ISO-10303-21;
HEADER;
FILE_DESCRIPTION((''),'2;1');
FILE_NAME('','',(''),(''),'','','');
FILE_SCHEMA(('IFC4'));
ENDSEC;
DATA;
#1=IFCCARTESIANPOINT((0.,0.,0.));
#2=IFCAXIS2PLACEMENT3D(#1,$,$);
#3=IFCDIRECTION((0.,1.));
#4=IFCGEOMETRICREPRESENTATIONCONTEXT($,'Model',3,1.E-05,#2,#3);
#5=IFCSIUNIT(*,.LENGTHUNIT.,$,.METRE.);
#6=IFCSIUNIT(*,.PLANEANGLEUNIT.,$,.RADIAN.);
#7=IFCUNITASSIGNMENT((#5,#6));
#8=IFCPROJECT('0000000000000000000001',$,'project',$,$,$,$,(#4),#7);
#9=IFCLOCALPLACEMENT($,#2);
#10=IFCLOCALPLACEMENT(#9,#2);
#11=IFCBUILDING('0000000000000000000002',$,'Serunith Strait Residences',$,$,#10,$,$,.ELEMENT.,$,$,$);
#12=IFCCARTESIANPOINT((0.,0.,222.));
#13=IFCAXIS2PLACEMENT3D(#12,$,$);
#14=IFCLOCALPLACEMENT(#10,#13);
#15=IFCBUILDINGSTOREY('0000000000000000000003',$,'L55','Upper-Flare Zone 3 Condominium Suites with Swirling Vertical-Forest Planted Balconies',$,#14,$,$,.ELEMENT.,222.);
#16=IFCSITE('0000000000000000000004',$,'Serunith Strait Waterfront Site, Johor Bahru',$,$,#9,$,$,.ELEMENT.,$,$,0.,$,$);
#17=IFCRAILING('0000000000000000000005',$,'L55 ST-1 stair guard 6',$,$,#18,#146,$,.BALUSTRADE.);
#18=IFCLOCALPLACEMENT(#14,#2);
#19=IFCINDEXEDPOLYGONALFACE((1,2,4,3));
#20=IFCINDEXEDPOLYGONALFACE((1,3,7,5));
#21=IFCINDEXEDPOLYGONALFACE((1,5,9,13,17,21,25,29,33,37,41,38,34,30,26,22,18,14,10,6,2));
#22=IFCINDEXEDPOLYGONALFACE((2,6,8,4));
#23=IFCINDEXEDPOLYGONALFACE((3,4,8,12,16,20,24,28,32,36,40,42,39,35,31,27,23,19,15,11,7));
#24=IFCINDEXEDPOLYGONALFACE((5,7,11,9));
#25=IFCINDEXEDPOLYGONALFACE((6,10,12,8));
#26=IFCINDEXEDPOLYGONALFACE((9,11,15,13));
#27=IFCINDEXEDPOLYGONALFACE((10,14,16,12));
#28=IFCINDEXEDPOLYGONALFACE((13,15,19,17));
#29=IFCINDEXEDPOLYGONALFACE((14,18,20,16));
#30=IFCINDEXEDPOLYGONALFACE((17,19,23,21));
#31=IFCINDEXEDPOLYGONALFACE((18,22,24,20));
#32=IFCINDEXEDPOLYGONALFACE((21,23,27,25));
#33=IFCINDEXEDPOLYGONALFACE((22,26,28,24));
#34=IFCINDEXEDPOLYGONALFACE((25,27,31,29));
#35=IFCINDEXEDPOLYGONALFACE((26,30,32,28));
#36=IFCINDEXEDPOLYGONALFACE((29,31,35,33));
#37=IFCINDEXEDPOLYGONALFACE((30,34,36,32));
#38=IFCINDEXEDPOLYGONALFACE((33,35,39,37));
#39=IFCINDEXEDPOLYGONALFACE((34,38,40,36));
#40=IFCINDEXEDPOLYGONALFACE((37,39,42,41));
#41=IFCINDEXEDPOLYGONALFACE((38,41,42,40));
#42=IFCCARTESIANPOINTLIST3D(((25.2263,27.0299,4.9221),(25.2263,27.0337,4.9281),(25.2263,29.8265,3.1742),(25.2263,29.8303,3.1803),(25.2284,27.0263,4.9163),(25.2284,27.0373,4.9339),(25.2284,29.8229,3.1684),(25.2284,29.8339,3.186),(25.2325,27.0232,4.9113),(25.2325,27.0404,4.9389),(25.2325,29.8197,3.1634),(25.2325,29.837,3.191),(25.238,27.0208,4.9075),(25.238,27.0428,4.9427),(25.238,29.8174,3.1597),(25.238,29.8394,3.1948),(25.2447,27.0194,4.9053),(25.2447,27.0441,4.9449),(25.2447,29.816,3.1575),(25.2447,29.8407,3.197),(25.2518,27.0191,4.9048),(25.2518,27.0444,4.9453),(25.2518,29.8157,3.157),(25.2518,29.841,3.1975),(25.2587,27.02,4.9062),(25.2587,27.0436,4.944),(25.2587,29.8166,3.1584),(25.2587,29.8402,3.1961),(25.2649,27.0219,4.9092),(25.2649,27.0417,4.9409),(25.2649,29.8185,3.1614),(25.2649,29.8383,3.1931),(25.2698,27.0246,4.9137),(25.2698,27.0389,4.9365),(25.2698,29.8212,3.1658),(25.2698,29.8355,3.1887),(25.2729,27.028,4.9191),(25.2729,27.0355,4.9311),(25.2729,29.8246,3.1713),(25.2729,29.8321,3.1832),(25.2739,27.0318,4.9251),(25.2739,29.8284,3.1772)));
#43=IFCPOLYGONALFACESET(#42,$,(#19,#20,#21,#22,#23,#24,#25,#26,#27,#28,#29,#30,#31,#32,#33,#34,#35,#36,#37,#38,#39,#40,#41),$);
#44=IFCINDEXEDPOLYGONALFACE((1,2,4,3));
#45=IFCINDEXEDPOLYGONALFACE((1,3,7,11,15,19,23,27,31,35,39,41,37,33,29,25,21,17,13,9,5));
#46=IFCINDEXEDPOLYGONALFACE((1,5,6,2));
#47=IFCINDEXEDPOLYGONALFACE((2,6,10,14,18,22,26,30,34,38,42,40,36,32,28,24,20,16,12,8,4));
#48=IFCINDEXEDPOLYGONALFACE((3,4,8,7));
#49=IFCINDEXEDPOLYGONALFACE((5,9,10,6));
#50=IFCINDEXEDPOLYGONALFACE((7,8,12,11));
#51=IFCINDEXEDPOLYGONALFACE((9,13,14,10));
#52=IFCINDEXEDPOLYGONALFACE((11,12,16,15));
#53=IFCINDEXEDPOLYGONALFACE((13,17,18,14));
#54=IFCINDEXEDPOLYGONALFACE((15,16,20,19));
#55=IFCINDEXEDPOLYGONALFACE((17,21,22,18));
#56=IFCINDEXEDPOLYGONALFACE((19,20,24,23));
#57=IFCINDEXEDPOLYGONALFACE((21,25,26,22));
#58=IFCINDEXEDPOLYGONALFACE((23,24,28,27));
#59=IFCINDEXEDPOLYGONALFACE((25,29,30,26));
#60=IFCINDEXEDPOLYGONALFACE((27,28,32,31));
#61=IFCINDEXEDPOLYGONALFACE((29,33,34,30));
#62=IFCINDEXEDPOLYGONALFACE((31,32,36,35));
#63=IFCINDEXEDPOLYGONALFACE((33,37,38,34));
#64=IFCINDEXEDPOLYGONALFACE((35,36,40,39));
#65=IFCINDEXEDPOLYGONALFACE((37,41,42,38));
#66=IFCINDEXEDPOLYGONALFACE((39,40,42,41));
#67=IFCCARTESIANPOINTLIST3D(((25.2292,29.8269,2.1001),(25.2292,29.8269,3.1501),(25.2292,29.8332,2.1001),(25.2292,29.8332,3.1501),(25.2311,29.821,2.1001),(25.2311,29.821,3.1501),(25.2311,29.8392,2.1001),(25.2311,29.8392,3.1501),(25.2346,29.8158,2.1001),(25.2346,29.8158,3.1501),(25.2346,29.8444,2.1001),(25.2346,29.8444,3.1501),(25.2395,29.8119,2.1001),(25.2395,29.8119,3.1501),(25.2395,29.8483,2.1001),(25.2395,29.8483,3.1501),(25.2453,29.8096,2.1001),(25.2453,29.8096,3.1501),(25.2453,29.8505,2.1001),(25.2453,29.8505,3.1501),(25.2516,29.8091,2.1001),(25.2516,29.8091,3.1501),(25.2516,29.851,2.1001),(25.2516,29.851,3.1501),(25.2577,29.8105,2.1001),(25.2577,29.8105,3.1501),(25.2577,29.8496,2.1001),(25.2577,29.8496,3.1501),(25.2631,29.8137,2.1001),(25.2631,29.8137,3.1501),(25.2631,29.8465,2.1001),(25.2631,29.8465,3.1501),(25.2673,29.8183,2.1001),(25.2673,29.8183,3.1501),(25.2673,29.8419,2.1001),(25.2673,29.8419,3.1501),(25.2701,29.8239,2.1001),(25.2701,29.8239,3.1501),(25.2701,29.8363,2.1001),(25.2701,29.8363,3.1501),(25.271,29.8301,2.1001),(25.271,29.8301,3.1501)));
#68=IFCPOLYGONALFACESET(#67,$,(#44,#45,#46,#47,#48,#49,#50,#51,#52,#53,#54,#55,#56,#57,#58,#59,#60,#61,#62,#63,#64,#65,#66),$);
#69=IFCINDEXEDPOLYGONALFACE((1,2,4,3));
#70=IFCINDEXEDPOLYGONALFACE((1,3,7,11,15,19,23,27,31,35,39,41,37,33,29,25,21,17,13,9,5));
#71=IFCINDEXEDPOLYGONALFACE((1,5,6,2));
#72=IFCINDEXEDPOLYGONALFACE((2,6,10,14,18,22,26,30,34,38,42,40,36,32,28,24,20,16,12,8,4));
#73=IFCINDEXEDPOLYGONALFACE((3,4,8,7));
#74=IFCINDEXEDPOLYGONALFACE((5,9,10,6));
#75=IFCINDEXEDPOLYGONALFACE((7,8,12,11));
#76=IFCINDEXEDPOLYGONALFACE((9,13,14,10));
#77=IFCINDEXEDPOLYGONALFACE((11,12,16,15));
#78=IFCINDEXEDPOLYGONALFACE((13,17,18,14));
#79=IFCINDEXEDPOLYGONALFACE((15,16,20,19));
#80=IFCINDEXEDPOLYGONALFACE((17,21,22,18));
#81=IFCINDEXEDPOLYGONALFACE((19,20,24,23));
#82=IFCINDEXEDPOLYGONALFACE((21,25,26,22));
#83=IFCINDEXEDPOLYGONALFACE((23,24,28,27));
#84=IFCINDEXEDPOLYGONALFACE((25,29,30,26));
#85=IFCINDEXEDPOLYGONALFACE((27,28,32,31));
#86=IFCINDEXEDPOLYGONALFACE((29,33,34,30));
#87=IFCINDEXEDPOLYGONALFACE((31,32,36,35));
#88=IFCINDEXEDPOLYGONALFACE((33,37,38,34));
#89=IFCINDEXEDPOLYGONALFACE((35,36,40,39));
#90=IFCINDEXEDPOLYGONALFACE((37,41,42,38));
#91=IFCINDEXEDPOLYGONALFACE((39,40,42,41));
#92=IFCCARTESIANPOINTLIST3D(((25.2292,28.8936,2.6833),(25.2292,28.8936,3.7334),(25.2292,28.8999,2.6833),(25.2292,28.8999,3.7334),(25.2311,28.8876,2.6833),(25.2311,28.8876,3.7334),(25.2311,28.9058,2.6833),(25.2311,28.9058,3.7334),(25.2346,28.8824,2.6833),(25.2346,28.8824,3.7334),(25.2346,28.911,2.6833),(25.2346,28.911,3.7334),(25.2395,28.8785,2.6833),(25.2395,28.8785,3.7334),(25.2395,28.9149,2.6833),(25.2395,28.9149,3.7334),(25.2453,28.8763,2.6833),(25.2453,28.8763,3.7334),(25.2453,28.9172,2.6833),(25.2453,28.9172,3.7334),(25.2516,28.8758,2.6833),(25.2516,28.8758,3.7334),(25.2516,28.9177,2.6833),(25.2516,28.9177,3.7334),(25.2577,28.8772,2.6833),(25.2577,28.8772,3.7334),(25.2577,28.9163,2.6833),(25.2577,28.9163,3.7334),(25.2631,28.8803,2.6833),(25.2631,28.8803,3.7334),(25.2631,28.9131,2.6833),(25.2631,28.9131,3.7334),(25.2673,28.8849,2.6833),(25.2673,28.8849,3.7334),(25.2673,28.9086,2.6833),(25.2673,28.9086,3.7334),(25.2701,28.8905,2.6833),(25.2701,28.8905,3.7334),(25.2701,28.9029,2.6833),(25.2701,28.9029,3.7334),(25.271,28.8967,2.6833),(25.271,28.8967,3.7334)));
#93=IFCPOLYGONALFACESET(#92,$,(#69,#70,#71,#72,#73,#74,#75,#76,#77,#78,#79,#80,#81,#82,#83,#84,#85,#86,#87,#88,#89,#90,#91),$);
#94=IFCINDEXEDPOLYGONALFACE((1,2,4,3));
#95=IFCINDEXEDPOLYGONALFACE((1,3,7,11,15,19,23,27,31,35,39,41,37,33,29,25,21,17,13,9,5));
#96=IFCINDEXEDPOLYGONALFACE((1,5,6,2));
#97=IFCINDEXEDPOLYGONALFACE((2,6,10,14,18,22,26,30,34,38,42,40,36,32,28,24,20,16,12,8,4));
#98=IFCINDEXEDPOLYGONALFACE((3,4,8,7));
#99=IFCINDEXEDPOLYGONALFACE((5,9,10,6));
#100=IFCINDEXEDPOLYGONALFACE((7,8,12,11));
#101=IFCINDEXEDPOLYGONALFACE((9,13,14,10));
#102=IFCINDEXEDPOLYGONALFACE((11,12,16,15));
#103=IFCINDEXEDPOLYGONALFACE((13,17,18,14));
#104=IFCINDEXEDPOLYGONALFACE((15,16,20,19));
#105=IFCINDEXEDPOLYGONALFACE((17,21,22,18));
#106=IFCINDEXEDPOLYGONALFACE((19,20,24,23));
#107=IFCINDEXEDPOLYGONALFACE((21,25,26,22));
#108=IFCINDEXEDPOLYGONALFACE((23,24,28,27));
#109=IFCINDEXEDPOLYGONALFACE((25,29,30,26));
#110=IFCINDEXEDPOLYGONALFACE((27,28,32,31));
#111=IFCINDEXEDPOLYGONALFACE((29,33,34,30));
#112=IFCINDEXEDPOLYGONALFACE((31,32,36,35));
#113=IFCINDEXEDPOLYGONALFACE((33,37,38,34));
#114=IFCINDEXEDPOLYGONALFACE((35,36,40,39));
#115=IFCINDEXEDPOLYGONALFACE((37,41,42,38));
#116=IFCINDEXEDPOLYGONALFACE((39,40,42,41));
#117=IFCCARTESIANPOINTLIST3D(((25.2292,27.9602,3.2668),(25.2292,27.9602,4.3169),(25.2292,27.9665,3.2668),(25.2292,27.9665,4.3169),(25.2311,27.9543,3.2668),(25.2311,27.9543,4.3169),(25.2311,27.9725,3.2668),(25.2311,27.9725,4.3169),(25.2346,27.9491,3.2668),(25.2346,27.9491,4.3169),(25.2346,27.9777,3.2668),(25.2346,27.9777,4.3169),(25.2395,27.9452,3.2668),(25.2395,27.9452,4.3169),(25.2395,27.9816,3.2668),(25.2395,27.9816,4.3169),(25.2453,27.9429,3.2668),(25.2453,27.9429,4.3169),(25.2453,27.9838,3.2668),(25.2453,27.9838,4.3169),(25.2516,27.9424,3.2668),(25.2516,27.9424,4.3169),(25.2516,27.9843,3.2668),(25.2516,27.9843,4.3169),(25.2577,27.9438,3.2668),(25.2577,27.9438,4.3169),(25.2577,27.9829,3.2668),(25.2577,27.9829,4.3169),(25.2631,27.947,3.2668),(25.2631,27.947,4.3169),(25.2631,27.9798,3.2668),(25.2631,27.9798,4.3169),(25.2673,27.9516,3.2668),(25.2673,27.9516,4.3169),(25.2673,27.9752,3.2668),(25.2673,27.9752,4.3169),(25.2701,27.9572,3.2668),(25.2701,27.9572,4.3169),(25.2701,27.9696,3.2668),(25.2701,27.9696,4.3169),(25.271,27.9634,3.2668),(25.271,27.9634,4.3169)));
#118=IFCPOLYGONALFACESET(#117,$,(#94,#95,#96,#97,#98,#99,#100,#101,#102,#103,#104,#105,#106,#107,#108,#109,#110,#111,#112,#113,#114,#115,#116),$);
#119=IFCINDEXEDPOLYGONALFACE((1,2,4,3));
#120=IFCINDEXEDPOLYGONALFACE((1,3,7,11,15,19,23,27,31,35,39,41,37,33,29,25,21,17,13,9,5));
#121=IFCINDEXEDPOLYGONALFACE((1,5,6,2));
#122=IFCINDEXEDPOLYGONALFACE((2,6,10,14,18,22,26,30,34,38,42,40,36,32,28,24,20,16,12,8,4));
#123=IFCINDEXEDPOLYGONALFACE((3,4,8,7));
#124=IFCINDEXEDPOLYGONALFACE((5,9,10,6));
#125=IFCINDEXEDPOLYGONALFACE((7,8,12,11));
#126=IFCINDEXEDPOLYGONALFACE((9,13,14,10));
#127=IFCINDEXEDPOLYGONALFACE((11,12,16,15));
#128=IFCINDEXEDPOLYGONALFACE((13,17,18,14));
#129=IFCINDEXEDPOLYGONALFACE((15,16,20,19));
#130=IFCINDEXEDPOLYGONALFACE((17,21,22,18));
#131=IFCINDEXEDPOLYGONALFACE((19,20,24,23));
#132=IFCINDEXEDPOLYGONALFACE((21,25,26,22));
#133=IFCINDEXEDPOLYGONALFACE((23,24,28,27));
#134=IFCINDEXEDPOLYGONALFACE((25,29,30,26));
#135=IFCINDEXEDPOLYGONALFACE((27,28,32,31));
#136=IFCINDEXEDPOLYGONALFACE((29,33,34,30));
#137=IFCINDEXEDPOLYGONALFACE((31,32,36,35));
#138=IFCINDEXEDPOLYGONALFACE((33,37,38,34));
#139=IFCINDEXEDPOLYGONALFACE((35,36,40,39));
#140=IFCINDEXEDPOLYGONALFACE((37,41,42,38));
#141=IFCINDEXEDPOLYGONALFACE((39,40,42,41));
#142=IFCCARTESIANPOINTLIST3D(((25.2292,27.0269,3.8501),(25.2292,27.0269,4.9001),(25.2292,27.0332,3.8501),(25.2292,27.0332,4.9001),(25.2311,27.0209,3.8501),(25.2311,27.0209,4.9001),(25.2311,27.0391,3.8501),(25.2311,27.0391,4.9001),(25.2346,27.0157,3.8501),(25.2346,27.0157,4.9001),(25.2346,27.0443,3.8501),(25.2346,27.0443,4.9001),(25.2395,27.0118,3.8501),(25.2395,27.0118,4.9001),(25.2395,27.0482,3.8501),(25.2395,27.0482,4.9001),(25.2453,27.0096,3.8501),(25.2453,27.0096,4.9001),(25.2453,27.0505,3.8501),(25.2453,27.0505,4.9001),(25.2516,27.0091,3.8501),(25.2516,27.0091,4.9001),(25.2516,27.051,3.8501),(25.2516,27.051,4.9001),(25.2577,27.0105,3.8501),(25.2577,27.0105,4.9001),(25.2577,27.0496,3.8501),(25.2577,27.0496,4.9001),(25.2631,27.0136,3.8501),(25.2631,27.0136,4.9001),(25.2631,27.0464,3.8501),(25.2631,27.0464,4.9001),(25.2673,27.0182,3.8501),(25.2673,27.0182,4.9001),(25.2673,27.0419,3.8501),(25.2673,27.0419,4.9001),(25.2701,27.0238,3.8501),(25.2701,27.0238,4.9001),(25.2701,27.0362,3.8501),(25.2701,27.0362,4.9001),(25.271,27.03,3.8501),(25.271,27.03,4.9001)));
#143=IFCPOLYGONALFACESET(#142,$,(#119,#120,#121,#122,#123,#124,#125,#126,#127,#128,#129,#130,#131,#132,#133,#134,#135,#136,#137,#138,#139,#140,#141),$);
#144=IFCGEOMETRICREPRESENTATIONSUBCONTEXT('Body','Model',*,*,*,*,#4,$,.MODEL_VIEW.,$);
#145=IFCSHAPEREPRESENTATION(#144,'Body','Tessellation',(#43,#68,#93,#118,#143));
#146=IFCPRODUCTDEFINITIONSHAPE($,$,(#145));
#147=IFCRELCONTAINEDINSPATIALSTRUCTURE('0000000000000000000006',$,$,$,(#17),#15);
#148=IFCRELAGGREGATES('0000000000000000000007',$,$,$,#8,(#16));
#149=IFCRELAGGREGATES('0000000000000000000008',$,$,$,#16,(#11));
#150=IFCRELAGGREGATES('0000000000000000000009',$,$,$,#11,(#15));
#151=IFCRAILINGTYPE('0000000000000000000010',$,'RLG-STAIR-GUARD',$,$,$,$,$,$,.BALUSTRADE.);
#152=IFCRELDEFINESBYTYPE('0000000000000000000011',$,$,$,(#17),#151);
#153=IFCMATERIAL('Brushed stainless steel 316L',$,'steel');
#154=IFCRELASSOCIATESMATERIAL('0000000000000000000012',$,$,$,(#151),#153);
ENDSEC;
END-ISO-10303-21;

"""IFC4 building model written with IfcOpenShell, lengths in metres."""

from ifc_helpers import new_model, si_unit, direction, frame, origin, origin_2d, place, context, subcontext, project, spatial, circle, extrude, material, type_object, element, save


model = new_model("IFC4")

# Units and contexts
model_context = context("Model", 3, precision=1e-05, world=origin(), true_north=direction((0.0, 1.0)))
body_context = subcontext(model_context, "Body", "Model", "MODEL_VIEW")
ifc_project = project(units=[si_unit("LENGTHUNIT", "METRE"), si_unit("PLANEANGLEUNIT", "RADIAN")], contexts=[model_context])

# Site, building, storey
site_placement = place(None, origin())
site = spatial("IfcSite", under=ifc_project, at=site_placement, Name="Serunith Strait Waterfront Site, Johor Bahru", CompositionType="ELEMENT", RefElevation=0.0)
building_placement = place(site_placement, origin())
building = spatial("IfcBuilding", under=site, at=building_placement, Name="Serunith Strait Residences", CompositionType="ELEMENT")
storey_placement = place(building_placement, frame((0.0, 0.0, 222.0)))
storey = spatial("IfcBuildingStorey", under=building, at=storey_placement, Name="L55", Description="Upper-Flare Zone 3 Condominium Suites with Swirling Vertical-Forest Planted Balconies", CompositionType="ELEMENT", Elevation=222.0)

# Railing
ifc_material_1 = material(Name="Brushed stainless steel 316L", Category="steel")
railing_type_1 = type_object("IfcRailingType", Name="RLG-STAIR-GUARD", PredefinedType="BALUSTRADE", material=ifc_material_1)
railing_1_placement = place(storey_placement, frame((25.25, 29.8301, 2.1001)))
element("IfcRailing", 1, at=railing_1_placement, inside=storey, type_object=railing_type_1, Name="L55 ST-1 stair guard 6", PredefinedType="BALUSTRADE", context=body_context, shape_type="SweptSolid", body=[
    extrude(circle(Radius=0.0239, at=origin_2d()), frame((0.0, -0.0017, 1.0771), z_axis=(0.0, -0.848002, 0.529992), x_axis=(1.0, 0.0, 0.0)), (0.0, 0.0, 1.0), 3.2979),
    extrude(circle(Radius=0.021, at=origin_2d()), origin(), (0.0, 0.0, 1.0), 1.05),
    extrude(circle(Radius=0.021, at=origin_2d()), frame((0.0, -0.9333, 0.5833)), (0.0, 0.0, 1.0), 1.05),
    extrude(circle(Radius=0.021, at=origin_2d()), frame((0.0, -1.8667, 1.1667)), (0.0, 0.0, 1.0), 1.05),
    extrude(circle(Radius=0.021, at=origin_2d()), frame((0.0, -2.8, 1.75)), (0.0, 0.0, 1.0), 1.05),
])

save(model, "model.ifc")
